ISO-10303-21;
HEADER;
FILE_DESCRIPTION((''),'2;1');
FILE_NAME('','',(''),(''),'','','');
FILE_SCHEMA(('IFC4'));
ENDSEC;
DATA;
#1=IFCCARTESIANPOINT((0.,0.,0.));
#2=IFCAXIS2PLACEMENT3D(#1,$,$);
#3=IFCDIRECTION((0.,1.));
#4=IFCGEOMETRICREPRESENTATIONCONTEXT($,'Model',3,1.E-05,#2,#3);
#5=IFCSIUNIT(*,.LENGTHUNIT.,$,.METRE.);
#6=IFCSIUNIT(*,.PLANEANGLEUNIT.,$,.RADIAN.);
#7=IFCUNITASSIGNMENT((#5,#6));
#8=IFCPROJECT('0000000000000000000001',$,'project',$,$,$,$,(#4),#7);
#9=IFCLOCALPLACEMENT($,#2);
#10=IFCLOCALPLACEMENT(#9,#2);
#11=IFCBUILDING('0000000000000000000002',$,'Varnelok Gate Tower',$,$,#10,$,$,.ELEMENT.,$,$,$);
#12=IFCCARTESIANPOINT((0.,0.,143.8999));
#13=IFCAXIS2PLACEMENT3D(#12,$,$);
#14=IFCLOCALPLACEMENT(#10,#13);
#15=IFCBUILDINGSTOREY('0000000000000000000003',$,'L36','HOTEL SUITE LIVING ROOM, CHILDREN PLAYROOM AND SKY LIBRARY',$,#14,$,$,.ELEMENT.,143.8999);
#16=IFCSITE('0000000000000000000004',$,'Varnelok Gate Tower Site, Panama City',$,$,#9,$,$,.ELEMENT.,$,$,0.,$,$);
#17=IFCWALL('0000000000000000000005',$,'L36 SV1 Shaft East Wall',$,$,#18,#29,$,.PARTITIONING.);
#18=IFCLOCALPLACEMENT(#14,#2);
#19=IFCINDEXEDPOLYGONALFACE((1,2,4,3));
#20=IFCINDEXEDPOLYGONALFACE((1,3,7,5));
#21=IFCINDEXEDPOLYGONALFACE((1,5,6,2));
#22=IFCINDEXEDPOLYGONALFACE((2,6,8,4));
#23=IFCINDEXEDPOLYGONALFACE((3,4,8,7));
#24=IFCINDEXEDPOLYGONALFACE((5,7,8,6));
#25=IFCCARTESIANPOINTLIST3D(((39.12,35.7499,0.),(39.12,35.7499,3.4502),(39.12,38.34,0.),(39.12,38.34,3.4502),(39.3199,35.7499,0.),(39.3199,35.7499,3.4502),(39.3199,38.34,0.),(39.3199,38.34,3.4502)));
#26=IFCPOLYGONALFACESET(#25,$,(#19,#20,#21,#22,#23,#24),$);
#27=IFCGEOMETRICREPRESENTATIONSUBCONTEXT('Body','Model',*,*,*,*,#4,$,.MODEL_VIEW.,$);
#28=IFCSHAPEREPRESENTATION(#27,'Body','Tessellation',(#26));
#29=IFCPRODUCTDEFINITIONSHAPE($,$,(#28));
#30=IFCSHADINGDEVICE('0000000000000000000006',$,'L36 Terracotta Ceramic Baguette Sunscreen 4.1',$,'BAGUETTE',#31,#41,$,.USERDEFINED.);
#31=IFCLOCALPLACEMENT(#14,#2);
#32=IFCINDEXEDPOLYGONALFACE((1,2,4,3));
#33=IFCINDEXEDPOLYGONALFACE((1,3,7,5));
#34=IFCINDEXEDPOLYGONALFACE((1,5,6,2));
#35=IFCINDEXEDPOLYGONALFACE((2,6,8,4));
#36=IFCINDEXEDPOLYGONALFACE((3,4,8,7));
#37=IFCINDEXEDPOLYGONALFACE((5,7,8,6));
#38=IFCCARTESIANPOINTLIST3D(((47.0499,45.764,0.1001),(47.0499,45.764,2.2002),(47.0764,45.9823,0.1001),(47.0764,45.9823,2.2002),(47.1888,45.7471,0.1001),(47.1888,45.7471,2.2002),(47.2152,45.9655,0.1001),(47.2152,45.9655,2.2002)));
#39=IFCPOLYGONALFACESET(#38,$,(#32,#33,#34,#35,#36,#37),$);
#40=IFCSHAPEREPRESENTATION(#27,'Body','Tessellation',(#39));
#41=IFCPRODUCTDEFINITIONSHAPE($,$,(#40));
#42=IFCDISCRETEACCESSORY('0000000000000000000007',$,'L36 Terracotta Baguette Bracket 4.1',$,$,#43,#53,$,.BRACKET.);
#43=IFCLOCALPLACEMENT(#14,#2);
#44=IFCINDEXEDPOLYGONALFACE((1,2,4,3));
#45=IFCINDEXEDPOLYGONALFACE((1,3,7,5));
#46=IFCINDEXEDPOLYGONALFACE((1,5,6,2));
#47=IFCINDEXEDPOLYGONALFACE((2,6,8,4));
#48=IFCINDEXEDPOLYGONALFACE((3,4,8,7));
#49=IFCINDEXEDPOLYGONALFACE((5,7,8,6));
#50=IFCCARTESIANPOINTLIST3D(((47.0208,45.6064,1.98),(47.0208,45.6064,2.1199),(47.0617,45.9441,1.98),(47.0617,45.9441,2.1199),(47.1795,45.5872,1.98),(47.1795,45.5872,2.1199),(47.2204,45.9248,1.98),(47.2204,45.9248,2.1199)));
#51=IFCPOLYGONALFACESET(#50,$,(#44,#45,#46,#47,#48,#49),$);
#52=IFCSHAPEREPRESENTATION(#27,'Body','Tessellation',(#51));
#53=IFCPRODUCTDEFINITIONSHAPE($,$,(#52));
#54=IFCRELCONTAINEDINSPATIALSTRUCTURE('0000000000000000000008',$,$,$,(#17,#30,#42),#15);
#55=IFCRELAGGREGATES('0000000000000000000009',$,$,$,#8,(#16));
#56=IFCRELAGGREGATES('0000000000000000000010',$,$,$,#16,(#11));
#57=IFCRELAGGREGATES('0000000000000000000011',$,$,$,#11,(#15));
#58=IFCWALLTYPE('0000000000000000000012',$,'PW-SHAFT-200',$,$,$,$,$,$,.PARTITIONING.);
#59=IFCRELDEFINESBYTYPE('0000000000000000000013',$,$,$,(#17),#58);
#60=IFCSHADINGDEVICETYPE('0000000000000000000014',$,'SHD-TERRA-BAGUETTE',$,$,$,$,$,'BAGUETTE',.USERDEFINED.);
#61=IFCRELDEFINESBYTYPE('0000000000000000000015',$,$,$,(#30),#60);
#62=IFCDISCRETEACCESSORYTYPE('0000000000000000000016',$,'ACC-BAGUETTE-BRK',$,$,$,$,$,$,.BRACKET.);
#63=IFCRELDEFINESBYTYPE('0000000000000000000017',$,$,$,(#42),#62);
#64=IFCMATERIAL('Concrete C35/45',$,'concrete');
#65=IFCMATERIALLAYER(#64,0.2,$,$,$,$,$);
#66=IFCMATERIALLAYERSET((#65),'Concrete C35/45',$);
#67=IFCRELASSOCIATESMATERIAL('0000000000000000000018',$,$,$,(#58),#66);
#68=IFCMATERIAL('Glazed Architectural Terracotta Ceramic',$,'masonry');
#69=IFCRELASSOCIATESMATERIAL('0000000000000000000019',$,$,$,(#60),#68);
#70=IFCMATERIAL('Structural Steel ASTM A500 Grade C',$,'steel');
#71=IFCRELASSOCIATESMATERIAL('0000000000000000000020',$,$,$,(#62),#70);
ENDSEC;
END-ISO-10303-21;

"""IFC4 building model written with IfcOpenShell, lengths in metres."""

from ifc_helpers import new_model, si_unit, direction, frame, frame_2d, origin, origin_2d, place, context, subcontext, project, spatial, rectangle, extrude, source, transform, mapped, material, layer, layer_set, type_object, element, save


model = new_model("IFC4")

# Units and contexts
model_context = context("Model", 3, precision=1e-05, world=origin(), true_north=direction((0.0, 1.0)))
body_context = subcontext(model_context, "Body", "Model", "MODEL_VIEW")
ifc_project = project(units=[si_unit("LENGTHUNIT", "METRE"), si_unit("PLANEANGLEUNIT", "RADIAN")], contexts=[model_context])

# Site, building, storey
site_placement = place(None, origin())
site = spatial("IfcSite", under=ifc_project, at=site_placement, Name="Varnelok Gate Tower Site, Panama City", CompositionType="ELEMENT", RefElevation=0.0)
building_placement = place(site_placement, origin())
building = spatial("IfcBuilding", under=site, at=building_placement, Name="Varnelok Gate Tower", CompositionType="ELEMENT")
storey_placement = place(building_placement, frame((0.0, 0.0, 143.8999)))
storey = spatial("IfcBuildingStorey", under=building, at=storey_placement, Name="L36", Description="HOTEL SUITE LIVING ROOM, CHILDREN PLAYROOM AND SKY LIBRARY", CompositionType="ELEMENT", Elevation=143.8999)

# Shared definitions
ifc_material_1 = material(Name="Concrete C35/45", Category="concrete")
ifc_layer_1 = layer(ifc_material_1, 0.2)
ifc_layer_set_1 = layer_set([ifc_layer_1], Name="Concrete C35/45")
wall_type_1 = type_object("IfcWallType", Name="PW-SHAFT-200", PredefinedType="PARTITIONING", material=ifc_layer_set_1)

# Wall
wall_1_placement = place(storey_placement, frame((39.22, 35.75, 0.0), z_axis=(0.0, 0.0, 1.0), x_axis=(0.0, 1.0, 0.0)))
element("IfcWall", 1, at=wall_1_placement, inside=storey, type_object=wall_type_1, Name="L36 SV1 Shaft East Wall", PredefinedType="PARTITIONING", context=body_context, shape_type="SweptSolid", body=[
    extrude(rectangle(XDim=2.5901, YDim=0.2, at=frame_2d((1.2949, 0.0))), origin(), (0.0, 0.0, 1.0), 3.4502),
])

# Shading device
ifc_material_2 = material(Name="Glazed Architectural Terracotta Ceramic", Category="masonry")
shading_device_type = type_object("IfcShadingDeviceType", Name="SHD-TERRA-BAGUETTE", ElementType="BAGUETTE", PredefinedType="USERDEFINED", material=ifc_material_2)
shared_shape_1 = source(origin(), body_context, "Body", "SweptSolid", [
    extrude(rectangle(XDim=0.1399, YDim=0.22, at=origin_2d()), origin(), (0.0, 0.0, 1.0), 2.1001),
])
shading_device_placement = place(storey_placement, frame((47.1326, 45.8647, 0.1001), z_axis=(0.0, 0.0, 1.0), x_axis=(0.992732, -0.120345, 0.0)))
element("IfcShadingDevice", 2, at=shading_device_placement, inside=storey, type_object=shading_device_type, Name="L36 Terracotta Ceramic Baguette Sunscreen 4.1", ObjectType="BAGUETTE", PredefinedType="USERDEFINED", context=body_context, shape_type="MappedRepresentation", body=[
    mapped(shared_shape_1, transform((0.0, 0.0, 0.0), scale=1.0)),
])

# Discrete accessory
ifc_material_3 = material(Name="Structural Steel ASTM A500 Grade C", Category="steel")
discrete_accessory_type = type_object("IfcDiscreteAccessoryType", Name="ACC-BAGUETTE-BRK", PredefinedType="BRACKET", material=ifc_material_3)
shared_shape_2 = source(origin(), body_context, "Body", "SweptSolid", [
    extrude(rectangle(XDim=0.1599, YDim=0.3401, at=origin_2d()), origin(), (0.0, 0.0, 1.0), 0.1399),
])
discrete_accessory_placement = place(storey_placement, frame((47.1206, 45.7656, 1.98), z_axis=(0.0, 0.0, 1.0), x_axis=(0.992732, -0.120345, 0.0)))
element("IfcDiscreteAccessory", 3, at=discrete_accessory_placement, inside=storey, type_object=discrete_accessory_type, Name="L36 Terracotta Baguette Bracket 4.1", PredefinedType="BRACKET", context=body_context, shape_type="MappedRepresentation", body=[
    mapped(shared_shape_2, transform((0.0, 0.0, 0.0), scale=1.0)),
])

save(model, "model.ifc")
